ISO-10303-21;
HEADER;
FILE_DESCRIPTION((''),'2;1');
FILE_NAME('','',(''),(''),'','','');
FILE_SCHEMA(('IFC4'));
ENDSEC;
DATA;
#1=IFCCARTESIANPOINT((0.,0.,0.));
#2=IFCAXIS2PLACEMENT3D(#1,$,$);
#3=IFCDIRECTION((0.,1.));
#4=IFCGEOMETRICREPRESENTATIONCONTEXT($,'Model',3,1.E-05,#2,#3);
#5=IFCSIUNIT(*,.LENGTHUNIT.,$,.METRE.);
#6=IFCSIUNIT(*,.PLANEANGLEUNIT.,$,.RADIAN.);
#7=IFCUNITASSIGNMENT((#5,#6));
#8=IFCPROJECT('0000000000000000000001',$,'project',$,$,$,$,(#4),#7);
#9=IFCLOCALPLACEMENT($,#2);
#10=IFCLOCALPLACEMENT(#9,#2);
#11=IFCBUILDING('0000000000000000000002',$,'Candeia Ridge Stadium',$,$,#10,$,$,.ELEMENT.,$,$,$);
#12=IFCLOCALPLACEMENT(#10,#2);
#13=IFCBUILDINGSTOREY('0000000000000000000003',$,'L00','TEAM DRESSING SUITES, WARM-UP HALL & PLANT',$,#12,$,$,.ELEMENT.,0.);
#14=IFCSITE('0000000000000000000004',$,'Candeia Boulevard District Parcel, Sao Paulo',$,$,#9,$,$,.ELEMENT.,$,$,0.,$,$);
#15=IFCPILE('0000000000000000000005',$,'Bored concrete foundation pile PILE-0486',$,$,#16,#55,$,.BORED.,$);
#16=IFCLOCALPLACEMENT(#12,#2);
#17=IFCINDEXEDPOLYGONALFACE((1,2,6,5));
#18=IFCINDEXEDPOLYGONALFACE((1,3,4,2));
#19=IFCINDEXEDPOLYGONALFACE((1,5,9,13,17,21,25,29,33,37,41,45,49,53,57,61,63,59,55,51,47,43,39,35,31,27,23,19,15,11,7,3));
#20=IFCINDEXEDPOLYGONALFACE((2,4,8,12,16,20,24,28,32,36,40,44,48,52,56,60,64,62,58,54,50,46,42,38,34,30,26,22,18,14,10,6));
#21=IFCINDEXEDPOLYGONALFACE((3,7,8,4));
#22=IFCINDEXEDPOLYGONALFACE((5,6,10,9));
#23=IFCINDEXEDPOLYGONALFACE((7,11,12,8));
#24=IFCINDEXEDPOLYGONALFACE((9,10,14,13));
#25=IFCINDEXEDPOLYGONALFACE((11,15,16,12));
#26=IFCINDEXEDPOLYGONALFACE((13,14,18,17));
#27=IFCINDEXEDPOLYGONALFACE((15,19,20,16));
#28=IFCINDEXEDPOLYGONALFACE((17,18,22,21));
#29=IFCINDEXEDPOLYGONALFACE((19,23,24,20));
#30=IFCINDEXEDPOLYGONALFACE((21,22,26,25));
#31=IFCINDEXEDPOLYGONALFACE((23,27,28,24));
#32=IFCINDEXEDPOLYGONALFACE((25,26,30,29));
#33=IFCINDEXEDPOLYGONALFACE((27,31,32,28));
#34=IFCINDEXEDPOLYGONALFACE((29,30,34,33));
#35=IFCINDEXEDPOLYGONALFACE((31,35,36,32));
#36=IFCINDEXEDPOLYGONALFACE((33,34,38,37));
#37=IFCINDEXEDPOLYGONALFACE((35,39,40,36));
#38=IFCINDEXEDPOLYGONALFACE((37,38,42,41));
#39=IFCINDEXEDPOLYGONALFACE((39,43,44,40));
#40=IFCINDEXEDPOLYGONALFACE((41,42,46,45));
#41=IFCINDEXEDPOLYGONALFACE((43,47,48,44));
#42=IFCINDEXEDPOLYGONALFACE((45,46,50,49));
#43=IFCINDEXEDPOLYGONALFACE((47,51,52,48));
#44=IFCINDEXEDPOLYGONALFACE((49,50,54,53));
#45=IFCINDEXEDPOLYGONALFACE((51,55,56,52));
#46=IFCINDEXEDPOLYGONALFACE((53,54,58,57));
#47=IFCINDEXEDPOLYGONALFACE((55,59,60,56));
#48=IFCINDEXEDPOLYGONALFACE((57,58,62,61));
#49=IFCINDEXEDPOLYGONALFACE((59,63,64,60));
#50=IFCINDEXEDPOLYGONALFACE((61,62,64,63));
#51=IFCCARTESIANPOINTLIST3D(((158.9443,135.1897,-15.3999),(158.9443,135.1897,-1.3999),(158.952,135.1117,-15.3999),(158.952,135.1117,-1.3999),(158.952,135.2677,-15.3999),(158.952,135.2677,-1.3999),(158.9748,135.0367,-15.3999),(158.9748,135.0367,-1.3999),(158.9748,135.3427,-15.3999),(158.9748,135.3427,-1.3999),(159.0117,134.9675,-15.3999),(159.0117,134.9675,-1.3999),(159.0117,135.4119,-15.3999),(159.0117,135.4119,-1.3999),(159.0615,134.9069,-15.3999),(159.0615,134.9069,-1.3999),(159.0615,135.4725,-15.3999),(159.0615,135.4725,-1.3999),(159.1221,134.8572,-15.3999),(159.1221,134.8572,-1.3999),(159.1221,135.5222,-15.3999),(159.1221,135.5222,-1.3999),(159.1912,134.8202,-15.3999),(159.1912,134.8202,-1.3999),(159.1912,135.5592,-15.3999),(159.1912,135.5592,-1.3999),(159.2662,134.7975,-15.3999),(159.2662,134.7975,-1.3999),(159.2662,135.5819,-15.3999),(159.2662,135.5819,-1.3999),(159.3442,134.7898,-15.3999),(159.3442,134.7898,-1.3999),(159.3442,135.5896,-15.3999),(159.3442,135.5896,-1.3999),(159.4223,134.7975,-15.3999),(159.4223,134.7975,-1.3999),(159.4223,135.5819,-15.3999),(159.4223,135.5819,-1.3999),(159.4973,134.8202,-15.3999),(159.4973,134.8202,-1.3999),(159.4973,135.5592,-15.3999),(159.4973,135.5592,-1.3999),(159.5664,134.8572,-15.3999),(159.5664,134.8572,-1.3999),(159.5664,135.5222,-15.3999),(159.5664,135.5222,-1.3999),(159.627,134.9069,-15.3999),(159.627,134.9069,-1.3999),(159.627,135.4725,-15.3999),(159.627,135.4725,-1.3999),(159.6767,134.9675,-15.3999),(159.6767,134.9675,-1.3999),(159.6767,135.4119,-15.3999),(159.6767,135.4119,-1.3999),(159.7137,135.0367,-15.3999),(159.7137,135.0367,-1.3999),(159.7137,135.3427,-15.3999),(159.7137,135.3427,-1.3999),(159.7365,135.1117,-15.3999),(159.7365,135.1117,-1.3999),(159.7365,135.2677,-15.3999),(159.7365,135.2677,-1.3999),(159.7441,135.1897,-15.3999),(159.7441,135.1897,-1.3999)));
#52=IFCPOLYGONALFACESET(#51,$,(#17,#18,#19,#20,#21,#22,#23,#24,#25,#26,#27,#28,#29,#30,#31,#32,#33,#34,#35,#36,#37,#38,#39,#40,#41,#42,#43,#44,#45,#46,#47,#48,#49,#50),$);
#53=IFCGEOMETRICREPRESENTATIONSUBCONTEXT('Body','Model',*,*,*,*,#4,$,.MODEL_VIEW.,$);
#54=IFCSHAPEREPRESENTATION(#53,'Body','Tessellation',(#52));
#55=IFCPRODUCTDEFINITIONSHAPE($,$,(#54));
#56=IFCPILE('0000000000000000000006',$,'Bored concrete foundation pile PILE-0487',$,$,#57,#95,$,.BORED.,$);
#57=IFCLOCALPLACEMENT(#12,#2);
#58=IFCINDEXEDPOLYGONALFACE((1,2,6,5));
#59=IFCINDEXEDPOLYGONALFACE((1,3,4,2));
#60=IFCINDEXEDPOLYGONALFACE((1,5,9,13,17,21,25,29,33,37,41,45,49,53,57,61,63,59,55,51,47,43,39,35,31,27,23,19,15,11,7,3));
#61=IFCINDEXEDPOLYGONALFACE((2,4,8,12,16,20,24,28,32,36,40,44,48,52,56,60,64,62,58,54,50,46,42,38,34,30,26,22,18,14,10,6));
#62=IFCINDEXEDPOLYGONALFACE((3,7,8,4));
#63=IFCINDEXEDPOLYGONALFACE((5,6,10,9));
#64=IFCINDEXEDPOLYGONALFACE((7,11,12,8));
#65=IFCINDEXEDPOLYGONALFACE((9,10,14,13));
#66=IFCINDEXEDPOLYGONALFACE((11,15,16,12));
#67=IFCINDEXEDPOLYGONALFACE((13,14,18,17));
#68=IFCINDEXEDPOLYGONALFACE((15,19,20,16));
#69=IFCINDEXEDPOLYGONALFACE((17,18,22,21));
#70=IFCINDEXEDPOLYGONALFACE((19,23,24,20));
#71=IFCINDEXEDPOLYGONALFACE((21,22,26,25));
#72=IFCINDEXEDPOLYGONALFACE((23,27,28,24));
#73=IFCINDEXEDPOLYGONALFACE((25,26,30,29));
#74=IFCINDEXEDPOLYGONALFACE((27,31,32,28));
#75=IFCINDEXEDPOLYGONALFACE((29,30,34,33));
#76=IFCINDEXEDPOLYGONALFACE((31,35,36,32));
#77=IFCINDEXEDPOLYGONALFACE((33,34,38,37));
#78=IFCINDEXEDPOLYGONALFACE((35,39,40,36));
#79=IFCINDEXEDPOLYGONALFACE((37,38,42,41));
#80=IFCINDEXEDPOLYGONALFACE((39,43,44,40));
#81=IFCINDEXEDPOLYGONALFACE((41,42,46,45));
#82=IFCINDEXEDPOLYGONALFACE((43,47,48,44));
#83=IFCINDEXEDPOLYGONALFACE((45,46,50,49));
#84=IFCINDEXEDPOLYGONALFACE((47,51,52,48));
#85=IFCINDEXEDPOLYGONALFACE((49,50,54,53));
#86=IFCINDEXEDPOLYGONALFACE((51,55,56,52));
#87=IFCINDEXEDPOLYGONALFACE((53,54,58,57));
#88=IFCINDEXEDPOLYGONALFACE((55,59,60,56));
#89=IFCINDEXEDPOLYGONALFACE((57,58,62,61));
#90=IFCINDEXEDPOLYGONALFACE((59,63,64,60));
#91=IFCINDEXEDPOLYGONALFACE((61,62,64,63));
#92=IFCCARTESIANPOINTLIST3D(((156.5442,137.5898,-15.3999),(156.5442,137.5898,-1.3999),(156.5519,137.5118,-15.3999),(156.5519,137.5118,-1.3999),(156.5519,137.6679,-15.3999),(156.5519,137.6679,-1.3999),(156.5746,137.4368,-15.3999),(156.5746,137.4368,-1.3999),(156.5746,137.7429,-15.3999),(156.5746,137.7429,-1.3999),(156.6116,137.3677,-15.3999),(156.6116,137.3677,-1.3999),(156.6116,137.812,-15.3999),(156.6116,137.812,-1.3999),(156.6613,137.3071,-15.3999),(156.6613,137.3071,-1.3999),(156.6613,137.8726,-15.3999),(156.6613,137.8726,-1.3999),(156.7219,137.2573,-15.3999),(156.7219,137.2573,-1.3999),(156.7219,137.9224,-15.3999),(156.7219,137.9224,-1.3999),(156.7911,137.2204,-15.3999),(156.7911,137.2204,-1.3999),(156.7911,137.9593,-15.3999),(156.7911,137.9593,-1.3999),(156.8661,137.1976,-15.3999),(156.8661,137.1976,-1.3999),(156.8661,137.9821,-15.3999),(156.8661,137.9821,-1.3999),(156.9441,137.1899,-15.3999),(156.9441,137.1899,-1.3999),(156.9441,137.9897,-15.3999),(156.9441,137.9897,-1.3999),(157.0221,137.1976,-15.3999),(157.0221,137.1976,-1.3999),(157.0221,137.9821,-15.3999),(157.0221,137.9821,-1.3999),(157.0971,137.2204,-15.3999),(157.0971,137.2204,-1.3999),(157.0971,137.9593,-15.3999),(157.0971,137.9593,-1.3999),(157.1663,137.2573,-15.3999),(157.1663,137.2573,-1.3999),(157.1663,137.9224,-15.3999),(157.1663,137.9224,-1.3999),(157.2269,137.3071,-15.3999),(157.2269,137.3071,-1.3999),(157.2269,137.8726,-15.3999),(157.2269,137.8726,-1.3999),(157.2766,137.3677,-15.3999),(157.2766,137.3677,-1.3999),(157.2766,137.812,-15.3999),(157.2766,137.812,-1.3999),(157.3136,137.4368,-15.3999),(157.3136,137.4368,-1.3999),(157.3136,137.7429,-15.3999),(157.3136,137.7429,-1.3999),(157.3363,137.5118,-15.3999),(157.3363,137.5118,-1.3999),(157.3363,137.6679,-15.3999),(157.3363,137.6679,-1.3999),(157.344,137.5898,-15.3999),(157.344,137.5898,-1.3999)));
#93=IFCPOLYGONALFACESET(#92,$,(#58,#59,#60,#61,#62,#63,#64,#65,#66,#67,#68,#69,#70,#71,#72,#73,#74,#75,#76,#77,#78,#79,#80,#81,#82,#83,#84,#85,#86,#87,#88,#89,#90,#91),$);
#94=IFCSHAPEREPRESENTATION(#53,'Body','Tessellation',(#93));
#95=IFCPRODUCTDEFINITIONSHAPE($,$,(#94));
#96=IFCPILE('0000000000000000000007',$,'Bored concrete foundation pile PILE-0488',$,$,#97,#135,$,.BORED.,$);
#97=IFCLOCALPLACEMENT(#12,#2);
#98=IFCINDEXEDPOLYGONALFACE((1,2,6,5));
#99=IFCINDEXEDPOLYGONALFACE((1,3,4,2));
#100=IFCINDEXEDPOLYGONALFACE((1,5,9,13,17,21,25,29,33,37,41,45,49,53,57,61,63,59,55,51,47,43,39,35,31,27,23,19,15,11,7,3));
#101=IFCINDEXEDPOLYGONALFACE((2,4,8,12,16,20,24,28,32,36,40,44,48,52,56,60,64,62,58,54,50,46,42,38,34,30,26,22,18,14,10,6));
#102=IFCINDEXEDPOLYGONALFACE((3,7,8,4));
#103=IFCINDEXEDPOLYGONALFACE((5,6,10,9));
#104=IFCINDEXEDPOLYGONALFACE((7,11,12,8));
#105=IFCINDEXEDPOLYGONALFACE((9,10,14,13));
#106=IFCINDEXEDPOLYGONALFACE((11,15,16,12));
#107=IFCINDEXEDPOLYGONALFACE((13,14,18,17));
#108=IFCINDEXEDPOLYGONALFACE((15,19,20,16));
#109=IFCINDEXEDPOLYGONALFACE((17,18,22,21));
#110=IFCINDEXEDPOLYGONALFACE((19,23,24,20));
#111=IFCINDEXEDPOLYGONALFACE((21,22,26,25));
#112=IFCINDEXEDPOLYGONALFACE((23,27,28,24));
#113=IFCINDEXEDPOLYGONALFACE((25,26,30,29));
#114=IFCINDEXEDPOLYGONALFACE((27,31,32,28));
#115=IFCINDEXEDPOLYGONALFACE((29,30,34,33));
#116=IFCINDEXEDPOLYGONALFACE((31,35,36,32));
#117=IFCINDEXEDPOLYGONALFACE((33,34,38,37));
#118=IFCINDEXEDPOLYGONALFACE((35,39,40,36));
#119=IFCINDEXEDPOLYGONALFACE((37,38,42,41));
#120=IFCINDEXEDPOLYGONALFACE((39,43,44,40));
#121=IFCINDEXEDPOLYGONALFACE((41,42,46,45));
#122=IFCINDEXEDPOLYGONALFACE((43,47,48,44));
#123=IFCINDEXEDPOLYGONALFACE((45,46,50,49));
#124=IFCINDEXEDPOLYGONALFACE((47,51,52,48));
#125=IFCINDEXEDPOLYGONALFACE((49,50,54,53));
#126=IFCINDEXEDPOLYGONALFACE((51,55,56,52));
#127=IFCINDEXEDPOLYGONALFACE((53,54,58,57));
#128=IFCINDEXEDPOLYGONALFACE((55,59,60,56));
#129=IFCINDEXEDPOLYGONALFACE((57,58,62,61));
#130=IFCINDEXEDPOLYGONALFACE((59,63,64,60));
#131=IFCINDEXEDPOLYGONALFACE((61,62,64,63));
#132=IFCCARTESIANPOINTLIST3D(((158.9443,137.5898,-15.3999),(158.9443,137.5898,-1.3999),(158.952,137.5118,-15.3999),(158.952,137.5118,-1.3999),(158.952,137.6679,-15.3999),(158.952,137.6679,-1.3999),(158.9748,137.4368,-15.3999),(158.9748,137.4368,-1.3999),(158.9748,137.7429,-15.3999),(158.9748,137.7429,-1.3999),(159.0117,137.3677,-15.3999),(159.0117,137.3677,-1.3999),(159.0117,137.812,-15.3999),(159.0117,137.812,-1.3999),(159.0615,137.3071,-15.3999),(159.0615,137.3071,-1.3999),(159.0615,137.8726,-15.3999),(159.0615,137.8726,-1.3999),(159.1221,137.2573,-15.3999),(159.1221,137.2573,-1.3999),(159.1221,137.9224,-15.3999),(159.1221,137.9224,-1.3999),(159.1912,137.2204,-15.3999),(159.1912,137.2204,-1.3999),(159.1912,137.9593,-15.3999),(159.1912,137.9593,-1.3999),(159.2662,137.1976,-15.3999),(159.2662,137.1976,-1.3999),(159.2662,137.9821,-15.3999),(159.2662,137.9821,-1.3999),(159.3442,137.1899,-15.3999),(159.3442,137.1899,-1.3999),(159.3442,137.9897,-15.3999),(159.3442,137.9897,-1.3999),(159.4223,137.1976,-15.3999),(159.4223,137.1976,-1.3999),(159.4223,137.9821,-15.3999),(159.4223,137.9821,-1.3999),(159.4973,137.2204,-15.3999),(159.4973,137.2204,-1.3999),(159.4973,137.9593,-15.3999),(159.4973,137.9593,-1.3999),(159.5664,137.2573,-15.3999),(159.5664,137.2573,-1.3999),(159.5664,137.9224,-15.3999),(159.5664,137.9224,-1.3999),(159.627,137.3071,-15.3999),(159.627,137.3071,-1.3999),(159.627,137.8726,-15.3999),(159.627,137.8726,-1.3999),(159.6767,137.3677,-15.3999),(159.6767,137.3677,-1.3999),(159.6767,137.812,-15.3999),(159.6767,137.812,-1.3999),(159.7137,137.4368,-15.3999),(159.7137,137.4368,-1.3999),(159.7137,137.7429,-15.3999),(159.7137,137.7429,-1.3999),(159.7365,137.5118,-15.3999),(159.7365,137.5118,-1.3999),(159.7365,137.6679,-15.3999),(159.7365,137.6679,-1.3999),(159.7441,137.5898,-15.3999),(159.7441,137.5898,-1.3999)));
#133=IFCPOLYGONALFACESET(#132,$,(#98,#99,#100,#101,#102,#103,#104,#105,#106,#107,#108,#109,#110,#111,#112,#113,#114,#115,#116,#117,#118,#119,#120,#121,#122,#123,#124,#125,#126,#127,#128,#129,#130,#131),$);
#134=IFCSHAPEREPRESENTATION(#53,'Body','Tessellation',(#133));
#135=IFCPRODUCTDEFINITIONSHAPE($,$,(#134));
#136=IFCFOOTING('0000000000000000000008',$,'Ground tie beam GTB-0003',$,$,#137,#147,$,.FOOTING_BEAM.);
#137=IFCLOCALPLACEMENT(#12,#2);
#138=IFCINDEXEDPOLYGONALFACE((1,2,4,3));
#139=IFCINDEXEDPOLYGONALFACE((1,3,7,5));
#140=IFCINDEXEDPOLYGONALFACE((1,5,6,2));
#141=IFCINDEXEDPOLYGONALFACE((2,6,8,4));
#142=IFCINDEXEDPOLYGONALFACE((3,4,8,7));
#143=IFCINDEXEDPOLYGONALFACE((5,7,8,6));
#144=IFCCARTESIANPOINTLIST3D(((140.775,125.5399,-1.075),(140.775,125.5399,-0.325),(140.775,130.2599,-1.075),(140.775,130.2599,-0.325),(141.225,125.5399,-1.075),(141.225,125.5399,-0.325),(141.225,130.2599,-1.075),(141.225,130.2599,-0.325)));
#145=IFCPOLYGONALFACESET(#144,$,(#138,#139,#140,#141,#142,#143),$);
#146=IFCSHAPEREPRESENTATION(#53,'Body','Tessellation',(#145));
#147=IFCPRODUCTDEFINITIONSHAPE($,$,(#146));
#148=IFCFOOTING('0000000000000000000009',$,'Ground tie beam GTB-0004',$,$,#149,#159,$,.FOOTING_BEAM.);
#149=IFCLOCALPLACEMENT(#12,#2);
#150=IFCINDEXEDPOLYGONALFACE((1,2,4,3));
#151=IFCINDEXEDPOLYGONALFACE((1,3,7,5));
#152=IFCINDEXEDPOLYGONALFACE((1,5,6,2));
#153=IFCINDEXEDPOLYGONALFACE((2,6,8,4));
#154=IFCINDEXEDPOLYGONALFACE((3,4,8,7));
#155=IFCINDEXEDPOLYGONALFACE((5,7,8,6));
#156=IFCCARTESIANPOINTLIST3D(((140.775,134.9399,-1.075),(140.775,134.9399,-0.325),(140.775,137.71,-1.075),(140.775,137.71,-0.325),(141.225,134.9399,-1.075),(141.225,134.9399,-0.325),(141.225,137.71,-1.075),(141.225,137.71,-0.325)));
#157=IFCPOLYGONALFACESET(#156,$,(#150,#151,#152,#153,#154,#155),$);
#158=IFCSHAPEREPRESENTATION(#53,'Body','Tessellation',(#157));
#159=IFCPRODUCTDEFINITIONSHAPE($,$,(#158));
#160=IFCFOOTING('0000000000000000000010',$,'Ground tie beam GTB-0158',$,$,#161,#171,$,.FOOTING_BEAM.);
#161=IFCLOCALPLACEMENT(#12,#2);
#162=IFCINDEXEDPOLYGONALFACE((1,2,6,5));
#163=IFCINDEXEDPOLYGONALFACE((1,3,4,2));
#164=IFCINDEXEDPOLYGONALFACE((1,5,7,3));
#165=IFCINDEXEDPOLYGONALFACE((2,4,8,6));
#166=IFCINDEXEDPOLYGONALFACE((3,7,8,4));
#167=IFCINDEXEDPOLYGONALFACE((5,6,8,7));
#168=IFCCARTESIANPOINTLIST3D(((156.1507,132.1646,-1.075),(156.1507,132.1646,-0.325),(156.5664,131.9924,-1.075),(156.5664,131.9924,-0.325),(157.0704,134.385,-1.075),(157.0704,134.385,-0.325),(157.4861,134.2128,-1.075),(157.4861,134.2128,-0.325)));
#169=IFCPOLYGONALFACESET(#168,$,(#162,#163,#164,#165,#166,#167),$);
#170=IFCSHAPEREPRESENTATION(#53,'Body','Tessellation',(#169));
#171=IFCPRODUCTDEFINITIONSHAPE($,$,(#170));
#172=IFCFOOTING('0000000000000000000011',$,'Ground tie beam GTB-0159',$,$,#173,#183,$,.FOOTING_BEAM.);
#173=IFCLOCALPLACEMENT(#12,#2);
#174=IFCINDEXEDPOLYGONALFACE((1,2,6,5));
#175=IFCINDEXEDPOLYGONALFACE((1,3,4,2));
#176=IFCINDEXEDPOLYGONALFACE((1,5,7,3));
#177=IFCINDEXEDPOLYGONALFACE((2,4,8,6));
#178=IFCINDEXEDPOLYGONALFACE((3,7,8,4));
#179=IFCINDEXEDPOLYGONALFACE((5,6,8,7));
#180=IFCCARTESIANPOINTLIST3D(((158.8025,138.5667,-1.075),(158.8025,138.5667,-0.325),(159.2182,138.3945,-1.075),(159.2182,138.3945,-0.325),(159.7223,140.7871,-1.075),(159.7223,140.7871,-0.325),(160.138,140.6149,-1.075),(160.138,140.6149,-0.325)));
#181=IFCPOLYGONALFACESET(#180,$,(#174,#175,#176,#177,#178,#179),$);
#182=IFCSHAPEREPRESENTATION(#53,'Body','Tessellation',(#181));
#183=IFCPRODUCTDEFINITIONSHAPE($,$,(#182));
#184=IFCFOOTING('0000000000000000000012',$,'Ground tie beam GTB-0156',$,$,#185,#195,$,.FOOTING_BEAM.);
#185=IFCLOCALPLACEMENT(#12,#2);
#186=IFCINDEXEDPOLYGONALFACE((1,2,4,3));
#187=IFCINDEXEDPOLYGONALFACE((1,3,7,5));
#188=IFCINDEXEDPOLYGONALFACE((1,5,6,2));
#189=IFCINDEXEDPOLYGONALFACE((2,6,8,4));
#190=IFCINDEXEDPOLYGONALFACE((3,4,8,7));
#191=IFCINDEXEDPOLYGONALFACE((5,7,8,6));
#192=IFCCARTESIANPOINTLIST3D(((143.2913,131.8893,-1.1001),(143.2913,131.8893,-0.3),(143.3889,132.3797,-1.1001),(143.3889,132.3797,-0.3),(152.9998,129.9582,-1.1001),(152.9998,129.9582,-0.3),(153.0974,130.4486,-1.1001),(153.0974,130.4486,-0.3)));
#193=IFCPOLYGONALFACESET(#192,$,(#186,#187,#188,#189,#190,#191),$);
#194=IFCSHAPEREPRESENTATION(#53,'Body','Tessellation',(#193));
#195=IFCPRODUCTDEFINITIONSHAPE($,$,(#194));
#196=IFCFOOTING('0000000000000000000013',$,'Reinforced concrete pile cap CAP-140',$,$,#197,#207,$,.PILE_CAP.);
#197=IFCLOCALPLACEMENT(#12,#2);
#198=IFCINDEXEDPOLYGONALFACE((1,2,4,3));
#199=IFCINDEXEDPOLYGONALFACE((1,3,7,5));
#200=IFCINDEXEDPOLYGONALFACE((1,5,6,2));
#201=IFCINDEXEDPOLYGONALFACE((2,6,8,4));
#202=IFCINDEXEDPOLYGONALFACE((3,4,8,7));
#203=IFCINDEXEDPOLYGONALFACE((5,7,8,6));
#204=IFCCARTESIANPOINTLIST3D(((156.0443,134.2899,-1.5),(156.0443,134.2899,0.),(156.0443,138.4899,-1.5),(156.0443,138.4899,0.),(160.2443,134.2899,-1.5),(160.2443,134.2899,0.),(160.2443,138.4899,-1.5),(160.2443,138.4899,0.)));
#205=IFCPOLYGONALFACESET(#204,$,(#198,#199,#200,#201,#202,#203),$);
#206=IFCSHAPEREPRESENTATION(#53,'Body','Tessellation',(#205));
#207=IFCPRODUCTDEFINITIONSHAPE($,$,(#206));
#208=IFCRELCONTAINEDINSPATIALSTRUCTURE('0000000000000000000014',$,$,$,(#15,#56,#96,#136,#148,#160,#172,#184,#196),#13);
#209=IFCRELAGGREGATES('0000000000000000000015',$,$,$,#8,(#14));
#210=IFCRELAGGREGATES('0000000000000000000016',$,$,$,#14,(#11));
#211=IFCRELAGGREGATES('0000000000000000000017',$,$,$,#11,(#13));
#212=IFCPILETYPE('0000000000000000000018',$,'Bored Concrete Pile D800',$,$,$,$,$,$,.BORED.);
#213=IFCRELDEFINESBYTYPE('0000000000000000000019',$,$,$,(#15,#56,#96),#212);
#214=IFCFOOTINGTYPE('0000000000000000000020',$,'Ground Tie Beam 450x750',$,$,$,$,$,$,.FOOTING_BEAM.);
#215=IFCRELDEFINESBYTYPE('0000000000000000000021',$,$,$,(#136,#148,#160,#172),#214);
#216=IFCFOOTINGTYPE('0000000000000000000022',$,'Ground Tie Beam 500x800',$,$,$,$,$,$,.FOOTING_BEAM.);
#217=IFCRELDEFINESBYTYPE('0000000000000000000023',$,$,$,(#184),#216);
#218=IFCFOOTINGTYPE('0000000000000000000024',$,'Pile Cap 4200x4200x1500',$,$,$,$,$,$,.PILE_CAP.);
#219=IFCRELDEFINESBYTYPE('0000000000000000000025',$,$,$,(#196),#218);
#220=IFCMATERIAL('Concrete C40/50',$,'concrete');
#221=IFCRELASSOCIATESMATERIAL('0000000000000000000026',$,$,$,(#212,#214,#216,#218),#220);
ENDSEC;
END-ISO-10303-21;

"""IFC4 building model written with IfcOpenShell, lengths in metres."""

from ifc_helpers import new_model, si_unit, direction, frame, origin, origin_2d, place, context, subcontext, project, spatial, rectangle, circle, extrude, material, material_profile, profile_set, type_object, element, save


model = new_model("IFC4")

# Units and contexts
model_context = context("Model", 3, precision=1e-05, world=origin(), true_north=direction((0.0, 1.0)))
body_context = subcontext(model_context, "Body", "Model", "MODEL_VIEW")
ifc_project = project(units=[si_unit("LENGTHUNIT", "METRE"), si_unit("PLANEANGLEUNIT", "RADIAN")], contexts=[model_context])

# Site, building, storey
site_placement = place(None, origin())
site = spatial("IfcSite", under=ifc_project, at=site_placement, Name="Candeia Boulevard District Parcel, Sao Paulo", CompositionType="ELEMENT", RefElevation=0.0)
building_placement = place(site_placement, origin())
building = spatial("IfcBuilding", under=site, at=building_placement, Name="Candeia Ridge Stadium", CompositionType="ELEMENT")
storey_placement = place(building_placement, origin())
storey = spatial("IfcBuildingStorey", under=building, at=storey_placement, Name="L00", Description="TEAM DRESSING SUITES, WARM-UP HALL & PLANT", CompositionType="ELEMENT", Elevation=0.0)

# Piles
ifc_material_1 = material(Name="Concrete C40/50", Category="concrete")
ifc_material_profile_1 = material_profile(ifc_material_1, circle(Radius=0.3999, at=origin_2d()), Name="PILE-D800", Category="concrete")
ifc_profile_set_1 = profile_set([ifc_material_profile_1], Name="Concrete C40/50")
pile_type_1 = type_object("IfcPileType", Name="Bored Concrete Pile D800", PredefinedType="BORED", material=ifc_profile_set_1)
for number, where, z_axis, x_axis, name in (
    (1, (159.3442, 135.1897, -1.3999), (0.0, 0.0, -1.0), (1.0, 0.0, 0.0), "Bored concrete foundation pile PILE-0486"),
    (2, (156.9441, 137.5898, -1.3999), (0.0, 0.0, -1.0), (1.0, 0.0, 0.0), "Bored concrete foundation pile PILE-0487"),
    (3, (159.3442, 137.5898, -1.3999), (0.0, 0.0, -1.0), (1.0, 0.0, 0.0), "Bored concrete foundation pile PILE-0488"),
):
    element("IfcPile", number, at=place(storey_placement, frame(where, z_axis=z_axis, x_axis=x_axis)), inside=storey, type_object=pile_type_1, Name=name, PredefinedType="BORED", context=body_context, shape_type="SweptSolid", body=[
        extrude(circle(Radius=0.3999, at=origin_2d()), origin(), (0.0, 0.0, 1.0), 14.0),
    ])

# Footings
footing_type_1 = type_object("IfcFootingType", Name="Ground Tie Beam 450x750", PredefinedType="FOOTING_BEAM", material=ifc_material_1)
footing_1_placement = place(storey_placement, frame((141.0, 127.8999, -1.075), z_axis=(0.0, 0.0, 1.0), x_axis=(0.0, 1.0, 0.0)))
element("IfcFooting", 4, at=footing_1_placement, inside=storey, type_object=footing_type_1, Name="Ground tie beam GTB-0003", PredefinedType="FOOTING_BEAM", context=body_context, shape_type="SweptSolid", body=[
    extrude(rectangle(XDim=4.72, YDim=0.45, at=origin_2d()), origin(), (0.0, 0.0, 1.0), 0.75),
])
footing_2_placement = place(storey_placement, frame((141.0, 136.325, -1.075), z_axis=(0.0, 0.0, 1.0), x_axis=(0.0, 1.0, 0.0)))
element("IfcFooting", 5, at=footing_2_placement, inside=storey, type_object=footing_type_1, Name="Ground tie beam GTB-0004", PredefinedType="FOOTING_BEAM", context=body_context, shape_type="SweptSolid", body=[
    extrude(rectangle(XDim=2.77, YDim=0.45, at=origin_2d()), origin(), (0.0, 0.0, 1.0), 0.75),
])
for number, where, z_axis, x_axis, name in (
    (6, (156.8184, 133.1887, -1.075), (0.0, 0.0, 1.0), (0.382676, 0.923882, 0.0), "Ground tie beam GTB-0158"),
    (7, (159.4702, 139.5908, -1.075), (0.0, 0.0, 1.0), (0.382712, 0.923868, 0.0), "Ground tie beam GTB-0159"),
):
    element("IfcFooting", number, at=place(storey_placement, frame(where, z_axis=z_axis, x_axis=x_axis)), inside=storey, type_object=footing_type_1, Name=name, PredefinedType="FOOTING_BEAM", context=body_context, shape_type="SweptSolid", body=[
        extrude(rectangle(XDim=2.4033, YDim=0.45, at=origin_2d()), origin(), (0.0, 0.0, 1.0), 0.75),
    ])
footing_type_2 = type_object("IfcFootingType", Name="Ground Tie Beam 500x800", PredefinedType="FOOTING_BEAM", material=ifc_material_1)
footing_3_placement = place(storey_placement, frame((148.1943, 131.1689, -1.1001), z_axis=(0.0, 0.0, 1.0), x_axis=(-0.980786, 0.195086, 0.0)))
element("IfcFooting", 8, at=footing_3_placement, inside=storey, type_object=footing_type_2, Name="Ground tie beam GTB-0156", PredefinedType="FOOTING_BEAM", context=body_context, shape_type="SweptSolid", body=[
    extrude(rectangle(XDim=9.8987, YDim=0.5, at=origin_2d()), origin(), (0.0, 0.0, 1.0), 0.8),
])
footing_type_3 = type_object("IfcFootingType", Name="Pile Cap 4200x4200x1500", PredefinedType="PILE_CAP", material=ifc_material_1)
footing_4_placement = place(storey_placement, frame((158.1443, 136.3899, -1.5), z_axis=(0.0, 0.0, 1.0), x_axis=(1.0, 0.0, 0.0)))
element("IfcFooting", 9, at=footing_4_placement, inside=storey, type_object=footing_type_3, Name="Reinforced concrete pile cap CAP-140", PredefinedType="PILE_CAP", context=body_context, shape_type="SweptSolid", body=[
    extrude(rectangle(XDim=4.2, YDim=4.2, at=origin_2d()), origin(), (0.0, 0.0, 1.0), 1.5),
])

save(model, "model.ifc")
